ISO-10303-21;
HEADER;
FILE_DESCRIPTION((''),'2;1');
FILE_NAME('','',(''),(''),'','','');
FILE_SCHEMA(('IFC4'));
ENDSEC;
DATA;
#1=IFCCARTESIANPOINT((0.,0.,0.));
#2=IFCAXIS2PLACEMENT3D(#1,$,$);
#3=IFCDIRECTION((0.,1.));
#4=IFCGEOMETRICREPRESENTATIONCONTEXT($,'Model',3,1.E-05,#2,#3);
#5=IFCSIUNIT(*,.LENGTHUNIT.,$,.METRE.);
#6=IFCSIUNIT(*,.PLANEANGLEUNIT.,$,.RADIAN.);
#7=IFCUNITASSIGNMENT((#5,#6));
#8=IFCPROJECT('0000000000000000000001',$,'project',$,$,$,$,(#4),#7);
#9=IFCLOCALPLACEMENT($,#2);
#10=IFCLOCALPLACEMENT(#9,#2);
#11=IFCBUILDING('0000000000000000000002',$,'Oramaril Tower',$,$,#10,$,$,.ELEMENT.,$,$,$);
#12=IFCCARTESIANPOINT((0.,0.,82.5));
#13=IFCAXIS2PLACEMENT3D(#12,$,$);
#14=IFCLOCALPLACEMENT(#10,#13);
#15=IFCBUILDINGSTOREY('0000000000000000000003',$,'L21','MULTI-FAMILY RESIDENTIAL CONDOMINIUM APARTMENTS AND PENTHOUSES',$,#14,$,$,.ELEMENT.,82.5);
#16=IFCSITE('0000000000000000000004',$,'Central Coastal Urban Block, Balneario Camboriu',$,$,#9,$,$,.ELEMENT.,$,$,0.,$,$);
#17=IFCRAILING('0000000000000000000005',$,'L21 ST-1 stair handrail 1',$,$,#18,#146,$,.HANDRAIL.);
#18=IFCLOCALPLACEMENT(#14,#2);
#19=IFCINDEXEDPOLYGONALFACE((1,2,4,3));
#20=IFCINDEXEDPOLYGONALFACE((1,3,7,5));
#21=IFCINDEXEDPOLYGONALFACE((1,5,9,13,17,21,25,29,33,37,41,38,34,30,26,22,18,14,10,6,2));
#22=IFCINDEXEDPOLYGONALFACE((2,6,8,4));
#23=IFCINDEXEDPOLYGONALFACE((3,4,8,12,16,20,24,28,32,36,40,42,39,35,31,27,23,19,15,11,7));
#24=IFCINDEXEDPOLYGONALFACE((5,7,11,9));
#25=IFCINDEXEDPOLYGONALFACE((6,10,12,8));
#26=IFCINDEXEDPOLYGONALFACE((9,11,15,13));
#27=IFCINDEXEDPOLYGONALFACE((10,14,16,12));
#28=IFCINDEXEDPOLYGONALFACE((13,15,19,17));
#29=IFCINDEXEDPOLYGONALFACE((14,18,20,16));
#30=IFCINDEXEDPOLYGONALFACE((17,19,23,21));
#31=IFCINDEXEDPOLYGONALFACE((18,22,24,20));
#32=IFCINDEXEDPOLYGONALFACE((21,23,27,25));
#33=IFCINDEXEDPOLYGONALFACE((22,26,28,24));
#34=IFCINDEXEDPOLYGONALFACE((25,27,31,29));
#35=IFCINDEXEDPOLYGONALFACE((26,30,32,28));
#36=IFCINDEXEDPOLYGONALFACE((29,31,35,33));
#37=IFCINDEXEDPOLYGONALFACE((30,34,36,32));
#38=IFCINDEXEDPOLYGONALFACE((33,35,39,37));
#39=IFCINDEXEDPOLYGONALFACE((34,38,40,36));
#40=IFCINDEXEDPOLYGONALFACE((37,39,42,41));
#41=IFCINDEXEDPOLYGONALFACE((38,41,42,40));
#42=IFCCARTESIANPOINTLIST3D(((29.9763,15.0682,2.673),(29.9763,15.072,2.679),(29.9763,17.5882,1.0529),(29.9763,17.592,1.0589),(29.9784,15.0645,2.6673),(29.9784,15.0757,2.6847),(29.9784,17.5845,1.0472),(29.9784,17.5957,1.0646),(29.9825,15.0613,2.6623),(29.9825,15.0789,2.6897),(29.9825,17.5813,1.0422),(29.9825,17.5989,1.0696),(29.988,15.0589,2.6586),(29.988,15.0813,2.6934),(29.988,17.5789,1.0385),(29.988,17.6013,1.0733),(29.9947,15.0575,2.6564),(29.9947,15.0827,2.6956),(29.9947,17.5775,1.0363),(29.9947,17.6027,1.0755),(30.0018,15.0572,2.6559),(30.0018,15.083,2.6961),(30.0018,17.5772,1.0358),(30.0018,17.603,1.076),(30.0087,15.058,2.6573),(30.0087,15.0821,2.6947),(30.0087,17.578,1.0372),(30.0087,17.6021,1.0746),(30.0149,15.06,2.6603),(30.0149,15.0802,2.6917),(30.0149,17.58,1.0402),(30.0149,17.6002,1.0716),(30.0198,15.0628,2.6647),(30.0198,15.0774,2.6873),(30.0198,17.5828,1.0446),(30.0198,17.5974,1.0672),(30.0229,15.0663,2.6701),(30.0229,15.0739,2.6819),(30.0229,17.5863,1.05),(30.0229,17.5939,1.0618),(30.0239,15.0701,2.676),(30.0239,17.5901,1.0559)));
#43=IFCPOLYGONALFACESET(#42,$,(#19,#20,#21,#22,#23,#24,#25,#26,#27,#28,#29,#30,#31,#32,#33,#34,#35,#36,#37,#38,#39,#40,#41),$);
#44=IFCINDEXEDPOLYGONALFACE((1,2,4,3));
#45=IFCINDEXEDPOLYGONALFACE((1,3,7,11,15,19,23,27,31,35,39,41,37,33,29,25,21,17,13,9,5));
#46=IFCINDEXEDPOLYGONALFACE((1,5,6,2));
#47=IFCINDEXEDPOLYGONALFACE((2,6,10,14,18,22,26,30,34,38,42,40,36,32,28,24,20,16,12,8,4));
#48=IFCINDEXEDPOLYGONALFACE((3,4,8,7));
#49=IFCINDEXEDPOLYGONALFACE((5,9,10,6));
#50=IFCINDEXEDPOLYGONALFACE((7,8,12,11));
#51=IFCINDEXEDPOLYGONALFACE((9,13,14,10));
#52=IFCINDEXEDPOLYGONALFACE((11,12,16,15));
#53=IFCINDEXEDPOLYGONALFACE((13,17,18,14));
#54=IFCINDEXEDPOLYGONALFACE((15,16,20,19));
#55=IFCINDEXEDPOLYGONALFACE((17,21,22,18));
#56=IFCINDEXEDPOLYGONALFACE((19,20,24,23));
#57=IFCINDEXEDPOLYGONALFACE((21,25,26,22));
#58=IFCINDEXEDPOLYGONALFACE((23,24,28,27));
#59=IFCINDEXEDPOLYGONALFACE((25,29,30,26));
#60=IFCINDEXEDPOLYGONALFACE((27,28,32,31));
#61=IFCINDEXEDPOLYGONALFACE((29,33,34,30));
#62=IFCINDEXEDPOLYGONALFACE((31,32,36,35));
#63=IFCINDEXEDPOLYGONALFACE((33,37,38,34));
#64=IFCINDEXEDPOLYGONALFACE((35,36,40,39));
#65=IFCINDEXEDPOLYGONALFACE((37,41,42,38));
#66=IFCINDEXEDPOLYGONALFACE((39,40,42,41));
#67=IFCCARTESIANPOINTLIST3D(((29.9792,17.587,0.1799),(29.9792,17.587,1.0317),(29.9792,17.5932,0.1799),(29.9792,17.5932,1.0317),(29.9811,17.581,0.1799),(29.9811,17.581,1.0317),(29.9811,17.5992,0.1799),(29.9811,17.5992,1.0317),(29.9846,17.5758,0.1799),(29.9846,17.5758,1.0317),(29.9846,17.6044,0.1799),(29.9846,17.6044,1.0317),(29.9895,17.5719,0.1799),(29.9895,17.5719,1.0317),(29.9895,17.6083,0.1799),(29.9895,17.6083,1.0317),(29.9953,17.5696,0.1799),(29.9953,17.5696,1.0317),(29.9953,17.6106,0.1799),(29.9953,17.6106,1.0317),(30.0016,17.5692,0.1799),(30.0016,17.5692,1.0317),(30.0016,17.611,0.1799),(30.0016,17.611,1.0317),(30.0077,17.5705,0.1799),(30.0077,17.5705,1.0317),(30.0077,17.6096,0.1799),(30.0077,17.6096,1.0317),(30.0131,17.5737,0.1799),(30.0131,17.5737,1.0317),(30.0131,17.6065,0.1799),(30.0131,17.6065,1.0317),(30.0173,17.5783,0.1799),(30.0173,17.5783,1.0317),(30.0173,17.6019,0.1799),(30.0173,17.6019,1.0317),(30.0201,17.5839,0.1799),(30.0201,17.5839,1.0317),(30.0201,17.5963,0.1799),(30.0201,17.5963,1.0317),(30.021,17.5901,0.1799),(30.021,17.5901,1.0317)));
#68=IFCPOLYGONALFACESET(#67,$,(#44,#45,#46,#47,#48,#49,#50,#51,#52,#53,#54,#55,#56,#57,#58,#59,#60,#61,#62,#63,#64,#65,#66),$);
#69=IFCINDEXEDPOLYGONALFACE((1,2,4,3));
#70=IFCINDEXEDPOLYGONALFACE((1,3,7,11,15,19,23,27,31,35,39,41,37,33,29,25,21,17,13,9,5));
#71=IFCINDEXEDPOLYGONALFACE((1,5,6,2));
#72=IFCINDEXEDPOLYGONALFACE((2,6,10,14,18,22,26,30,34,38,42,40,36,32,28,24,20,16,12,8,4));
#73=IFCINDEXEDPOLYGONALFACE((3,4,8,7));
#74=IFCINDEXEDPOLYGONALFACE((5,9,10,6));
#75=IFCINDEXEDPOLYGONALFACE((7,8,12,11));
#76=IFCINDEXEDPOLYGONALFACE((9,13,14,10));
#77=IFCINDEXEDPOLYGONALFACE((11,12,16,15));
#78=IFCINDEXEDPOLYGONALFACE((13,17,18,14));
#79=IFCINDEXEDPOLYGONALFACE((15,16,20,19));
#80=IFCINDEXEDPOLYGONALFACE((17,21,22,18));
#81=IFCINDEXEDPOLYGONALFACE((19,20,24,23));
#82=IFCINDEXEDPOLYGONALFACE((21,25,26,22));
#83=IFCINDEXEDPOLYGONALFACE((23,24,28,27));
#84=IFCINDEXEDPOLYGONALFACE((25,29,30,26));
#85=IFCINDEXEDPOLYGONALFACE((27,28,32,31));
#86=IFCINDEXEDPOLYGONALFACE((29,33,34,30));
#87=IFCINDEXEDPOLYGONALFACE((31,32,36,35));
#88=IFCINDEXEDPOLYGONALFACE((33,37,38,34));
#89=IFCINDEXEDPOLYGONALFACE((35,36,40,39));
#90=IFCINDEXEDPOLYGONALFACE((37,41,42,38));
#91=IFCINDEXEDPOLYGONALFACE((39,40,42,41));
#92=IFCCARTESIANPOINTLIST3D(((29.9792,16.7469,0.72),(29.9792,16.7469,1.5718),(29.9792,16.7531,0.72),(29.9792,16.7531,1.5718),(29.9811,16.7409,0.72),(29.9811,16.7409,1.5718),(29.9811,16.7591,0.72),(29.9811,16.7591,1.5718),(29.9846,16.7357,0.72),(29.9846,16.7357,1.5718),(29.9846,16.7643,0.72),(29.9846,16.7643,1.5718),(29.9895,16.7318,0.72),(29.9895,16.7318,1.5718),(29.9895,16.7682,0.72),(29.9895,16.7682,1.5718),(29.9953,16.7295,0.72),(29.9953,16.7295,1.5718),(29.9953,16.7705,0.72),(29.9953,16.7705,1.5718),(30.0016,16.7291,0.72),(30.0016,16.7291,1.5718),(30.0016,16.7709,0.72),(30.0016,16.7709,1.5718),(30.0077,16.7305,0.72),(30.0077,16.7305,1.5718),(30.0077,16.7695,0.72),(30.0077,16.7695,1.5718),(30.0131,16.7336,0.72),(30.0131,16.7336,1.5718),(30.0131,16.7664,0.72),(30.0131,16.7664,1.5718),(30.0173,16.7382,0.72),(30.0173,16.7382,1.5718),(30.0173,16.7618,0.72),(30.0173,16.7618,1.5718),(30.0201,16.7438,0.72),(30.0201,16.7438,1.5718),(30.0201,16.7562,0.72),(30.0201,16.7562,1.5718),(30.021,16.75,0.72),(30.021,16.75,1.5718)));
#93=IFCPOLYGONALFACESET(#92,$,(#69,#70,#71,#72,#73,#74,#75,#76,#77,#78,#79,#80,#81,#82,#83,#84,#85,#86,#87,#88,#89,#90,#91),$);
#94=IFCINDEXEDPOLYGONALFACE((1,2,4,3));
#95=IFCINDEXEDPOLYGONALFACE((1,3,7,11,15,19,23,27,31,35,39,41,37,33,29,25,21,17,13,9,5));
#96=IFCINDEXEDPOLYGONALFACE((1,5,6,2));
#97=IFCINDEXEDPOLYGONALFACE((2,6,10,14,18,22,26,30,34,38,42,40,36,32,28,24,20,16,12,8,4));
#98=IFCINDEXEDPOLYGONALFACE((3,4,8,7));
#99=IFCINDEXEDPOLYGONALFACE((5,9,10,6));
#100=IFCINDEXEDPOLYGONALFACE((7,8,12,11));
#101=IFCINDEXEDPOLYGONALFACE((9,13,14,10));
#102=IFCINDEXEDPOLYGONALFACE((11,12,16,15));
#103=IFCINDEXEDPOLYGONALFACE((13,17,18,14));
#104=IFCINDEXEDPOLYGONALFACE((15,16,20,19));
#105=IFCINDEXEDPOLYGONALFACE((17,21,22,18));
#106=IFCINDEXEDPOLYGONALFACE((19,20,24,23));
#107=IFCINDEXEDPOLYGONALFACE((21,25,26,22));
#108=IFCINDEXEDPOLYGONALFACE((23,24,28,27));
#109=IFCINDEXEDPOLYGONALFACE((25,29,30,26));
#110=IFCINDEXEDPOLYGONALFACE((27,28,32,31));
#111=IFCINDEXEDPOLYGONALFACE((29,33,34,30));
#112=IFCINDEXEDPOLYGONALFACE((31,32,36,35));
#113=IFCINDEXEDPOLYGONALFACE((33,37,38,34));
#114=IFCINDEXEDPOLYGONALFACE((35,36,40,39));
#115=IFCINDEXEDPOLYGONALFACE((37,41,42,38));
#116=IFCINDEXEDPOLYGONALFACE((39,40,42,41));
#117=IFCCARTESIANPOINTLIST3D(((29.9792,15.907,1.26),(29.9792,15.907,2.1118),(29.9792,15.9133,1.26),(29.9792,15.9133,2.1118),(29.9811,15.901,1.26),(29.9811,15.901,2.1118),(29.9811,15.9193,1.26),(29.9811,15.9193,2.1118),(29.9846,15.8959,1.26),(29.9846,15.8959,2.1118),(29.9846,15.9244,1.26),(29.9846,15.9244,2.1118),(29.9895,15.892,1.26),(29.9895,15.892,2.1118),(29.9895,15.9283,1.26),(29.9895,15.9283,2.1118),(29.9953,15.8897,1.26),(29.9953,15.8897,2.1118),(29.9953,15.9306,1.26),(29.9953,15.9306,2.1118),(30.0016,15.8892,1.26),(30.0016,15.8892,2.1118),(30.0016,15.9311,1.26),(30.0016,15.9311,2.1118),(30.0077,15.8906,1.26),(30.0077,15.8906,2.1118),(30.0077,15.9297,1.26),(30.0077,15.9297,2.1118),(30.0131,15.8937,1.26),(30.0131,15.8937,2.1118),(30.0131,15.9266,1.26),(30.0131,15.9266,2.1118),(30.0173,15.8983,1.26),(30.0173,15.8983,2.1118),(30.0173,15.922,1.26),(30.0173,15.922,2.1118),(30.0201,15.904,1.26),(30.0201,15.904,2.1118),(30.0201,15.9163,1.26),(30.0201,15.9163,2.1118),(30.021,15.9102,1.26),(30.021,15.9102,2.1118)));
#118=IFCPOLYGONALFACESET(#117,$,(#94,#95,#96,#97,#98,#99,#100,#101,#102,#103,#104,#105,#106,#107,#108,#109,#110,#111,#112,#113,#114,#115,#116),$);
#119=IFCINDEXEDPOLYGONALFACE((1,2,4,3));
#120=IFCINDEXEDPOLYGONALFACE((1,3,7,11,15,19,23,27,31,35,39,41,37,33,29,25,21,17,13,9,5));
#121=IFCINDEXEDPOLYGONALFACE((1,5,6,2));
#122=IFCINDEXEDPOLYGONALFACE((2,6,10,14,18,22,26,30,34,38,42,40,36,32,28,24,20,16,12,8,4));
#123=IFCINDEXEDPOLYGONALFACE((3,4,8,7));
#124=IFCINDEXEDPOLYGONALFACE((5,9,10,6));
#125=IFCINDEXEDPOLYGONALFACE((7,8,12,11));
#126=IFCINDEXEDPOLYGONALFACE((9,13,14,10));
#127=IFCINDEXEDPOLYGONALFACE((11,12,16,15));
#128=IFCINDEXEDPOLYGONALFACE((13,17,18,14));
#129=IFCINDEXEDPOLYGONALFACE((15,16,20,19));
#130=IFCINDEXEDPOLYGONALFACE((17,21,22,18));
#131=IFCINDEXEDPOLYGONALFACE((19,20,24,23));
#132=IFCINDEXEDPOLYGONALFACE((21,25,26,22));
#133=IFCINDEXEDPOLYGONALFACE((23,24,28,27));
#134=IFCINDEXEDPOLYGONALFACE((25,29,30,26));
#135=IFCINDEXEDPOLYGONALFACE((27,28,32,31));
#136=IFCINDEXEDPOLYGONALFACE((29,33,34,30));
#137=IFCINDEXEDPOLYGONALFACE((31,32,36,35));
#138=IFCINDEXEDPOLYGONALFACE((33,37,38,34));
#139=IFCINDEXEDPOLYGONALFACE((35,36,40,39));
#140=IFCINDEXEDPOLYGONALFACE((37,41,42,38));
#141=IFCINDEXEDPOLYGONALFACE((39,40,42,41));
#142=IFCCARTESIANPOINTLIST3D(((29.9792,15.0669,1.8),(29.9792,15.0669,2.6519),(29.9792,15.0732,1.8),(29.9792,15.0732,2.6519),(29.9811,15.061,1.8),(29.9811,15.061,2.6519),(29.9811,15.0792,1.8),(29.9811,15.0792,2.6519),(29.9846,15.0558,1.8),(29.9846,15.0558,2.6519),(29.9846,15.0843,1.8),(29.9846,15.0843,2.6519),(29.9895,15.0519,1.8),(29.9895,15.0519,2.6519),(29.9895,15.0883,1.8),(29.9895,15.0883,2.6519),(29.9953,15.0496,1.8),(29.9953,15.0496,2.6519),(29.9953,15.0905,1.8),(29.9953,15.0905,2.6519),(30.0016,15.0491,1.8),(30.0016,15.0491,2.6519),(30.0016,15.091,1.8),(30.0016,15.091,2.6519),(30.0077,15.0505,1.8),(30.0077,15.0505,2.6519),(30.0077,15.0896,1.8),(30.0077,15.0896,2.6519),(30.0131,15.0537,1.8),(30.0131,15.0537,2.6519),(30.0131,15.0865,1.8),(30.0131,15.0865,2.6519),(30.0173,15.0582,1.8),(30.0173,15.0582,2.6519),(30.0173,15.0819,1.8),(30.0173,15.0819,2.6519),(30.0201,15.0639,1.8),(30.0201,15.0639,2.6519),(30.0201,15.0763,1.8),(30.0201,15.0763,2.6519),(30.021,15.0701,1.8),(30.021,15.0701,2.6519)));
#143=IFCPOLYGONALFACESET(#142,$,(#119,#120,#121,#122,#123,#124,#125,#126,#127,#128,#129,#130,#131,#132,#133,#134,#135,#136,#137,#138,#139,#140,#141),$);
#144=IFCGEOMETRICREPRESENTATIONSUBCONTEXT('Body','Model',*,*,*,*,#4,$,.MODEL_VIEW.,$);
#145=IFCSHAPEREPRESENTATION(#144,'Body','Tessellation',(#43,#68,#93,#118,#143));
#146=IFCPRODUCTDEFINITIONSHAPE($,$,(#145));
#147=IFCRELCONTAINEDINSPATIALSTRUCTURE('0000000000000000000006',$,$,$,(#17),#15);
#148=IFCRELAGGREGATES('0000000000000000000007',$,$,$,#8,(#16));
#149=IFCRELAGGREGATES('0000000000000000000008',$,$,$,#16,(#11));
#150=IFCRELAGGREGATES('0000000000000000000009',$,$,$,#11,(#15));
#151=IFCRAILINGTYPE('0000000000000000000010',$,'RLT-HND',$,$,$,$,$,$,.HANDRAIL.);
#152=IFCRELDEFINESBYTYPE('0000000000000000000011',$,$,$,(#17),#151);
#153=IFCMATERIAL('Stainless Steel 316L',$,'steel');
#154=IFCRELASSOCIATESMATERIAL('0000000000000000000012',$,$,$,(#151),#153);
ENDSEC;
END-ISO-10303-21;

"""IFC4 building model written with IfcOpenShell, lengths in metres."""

from ifc_helpers import new_model, si_unit, direction, frame, origin, origin_2d, place, context, subcontext, project, spatial, circle, extrude, material, type_object, element, save


model = new_model("IFC4")

# Units and contexts
model_context = context("Model", 3, precision=1e-05, world=origin(), true_north=direction((0.0, 1.0)))
body_context = subcontext(model_context, "Body", "Model", "MODEL_VIEW")
ifc_project = project(units=[si_unit("LENGTHUNIT", "METRE"), si_unit("PLANEANGLEUNIT", "RADIAN")], contexts=[model_context])

# Site, building, storey
site_placement = place(None, origin())
site = spatial("IfcSite", under=ifc_project, at=site_placement, Name="Central Coastal Urban Block, Balneario Camboriu", CompositionType="ELEMENT", RefElevation=0.0)
building_placement = place(site_placement, origin())
building = spatial("IfcBuilding", under=site, at=building_placement, Name="Oramaril Tower", CompositionType="ELEMENT")
storey_placement = place(building_placement, frame((0.0, 0.0, 82.5)))
storey = spatial("IfcBuildingStorey", under=building, at=storey_placement, Name="L21", Description="MULTI-FAMILY RESIDENTIAL CONDOMINIUM APARTMENTS AND PENTHOUSES", CompositionType="ELEMENT", Elevation=82.5)

# Railing
ifc_material_1 = material(Name="Stainless Steel 316L", Category="steel")
railing_type_1 = type_object("IfcRailingType", Name="RLT-HND", PredefinedType="HANDRAIL", material=ifc_material_1)
railing_1_placement = place(storey_placement, frame((30.0, 17.5901, 0.1799)))
element("IfcRailing", 1, at=railing_1_placement, inside=storey, type_object=railing_type_1, Name="L21 ST-1 stair handrail 1", PredefinedType="HANDRAIL", context=body_context, shape_type="SweptSolid", body=[
    extrude(circle(Radius=0.0239, at=origin_2d()), frame((0.0, 0.0, 0.876), z_axis=(0.0, -0.841163, 0.540782), x_axis=(1.0, 0.0, 0.0)), (0.0, 0.0, 1.0), 2.9958),
    extrude(circle(Radius=0.021, at=origin_2d()), origin(), (0.0, 0.0, 1.0), 0.8518),
    extrude(circle(Radius=0.021, at=origin_2d()), frame((0.0, -0.8401, 0.54)), (0.0, 0.0, 1.0), 0.8518),
    extrude(circle(Radius=0.021, at=origin_2d()), frame((0.0, -1.6799, 1.0801)), (0.0, 0.0, 1.0), 0.8518),
    extrude(circle(Radius=0.021, at=origin_2d()), frame((0.0, -2.52, 1.6201)), (0.0, 0.0, 1.0), 0.8518),
])

save(model, "model.ifc")
